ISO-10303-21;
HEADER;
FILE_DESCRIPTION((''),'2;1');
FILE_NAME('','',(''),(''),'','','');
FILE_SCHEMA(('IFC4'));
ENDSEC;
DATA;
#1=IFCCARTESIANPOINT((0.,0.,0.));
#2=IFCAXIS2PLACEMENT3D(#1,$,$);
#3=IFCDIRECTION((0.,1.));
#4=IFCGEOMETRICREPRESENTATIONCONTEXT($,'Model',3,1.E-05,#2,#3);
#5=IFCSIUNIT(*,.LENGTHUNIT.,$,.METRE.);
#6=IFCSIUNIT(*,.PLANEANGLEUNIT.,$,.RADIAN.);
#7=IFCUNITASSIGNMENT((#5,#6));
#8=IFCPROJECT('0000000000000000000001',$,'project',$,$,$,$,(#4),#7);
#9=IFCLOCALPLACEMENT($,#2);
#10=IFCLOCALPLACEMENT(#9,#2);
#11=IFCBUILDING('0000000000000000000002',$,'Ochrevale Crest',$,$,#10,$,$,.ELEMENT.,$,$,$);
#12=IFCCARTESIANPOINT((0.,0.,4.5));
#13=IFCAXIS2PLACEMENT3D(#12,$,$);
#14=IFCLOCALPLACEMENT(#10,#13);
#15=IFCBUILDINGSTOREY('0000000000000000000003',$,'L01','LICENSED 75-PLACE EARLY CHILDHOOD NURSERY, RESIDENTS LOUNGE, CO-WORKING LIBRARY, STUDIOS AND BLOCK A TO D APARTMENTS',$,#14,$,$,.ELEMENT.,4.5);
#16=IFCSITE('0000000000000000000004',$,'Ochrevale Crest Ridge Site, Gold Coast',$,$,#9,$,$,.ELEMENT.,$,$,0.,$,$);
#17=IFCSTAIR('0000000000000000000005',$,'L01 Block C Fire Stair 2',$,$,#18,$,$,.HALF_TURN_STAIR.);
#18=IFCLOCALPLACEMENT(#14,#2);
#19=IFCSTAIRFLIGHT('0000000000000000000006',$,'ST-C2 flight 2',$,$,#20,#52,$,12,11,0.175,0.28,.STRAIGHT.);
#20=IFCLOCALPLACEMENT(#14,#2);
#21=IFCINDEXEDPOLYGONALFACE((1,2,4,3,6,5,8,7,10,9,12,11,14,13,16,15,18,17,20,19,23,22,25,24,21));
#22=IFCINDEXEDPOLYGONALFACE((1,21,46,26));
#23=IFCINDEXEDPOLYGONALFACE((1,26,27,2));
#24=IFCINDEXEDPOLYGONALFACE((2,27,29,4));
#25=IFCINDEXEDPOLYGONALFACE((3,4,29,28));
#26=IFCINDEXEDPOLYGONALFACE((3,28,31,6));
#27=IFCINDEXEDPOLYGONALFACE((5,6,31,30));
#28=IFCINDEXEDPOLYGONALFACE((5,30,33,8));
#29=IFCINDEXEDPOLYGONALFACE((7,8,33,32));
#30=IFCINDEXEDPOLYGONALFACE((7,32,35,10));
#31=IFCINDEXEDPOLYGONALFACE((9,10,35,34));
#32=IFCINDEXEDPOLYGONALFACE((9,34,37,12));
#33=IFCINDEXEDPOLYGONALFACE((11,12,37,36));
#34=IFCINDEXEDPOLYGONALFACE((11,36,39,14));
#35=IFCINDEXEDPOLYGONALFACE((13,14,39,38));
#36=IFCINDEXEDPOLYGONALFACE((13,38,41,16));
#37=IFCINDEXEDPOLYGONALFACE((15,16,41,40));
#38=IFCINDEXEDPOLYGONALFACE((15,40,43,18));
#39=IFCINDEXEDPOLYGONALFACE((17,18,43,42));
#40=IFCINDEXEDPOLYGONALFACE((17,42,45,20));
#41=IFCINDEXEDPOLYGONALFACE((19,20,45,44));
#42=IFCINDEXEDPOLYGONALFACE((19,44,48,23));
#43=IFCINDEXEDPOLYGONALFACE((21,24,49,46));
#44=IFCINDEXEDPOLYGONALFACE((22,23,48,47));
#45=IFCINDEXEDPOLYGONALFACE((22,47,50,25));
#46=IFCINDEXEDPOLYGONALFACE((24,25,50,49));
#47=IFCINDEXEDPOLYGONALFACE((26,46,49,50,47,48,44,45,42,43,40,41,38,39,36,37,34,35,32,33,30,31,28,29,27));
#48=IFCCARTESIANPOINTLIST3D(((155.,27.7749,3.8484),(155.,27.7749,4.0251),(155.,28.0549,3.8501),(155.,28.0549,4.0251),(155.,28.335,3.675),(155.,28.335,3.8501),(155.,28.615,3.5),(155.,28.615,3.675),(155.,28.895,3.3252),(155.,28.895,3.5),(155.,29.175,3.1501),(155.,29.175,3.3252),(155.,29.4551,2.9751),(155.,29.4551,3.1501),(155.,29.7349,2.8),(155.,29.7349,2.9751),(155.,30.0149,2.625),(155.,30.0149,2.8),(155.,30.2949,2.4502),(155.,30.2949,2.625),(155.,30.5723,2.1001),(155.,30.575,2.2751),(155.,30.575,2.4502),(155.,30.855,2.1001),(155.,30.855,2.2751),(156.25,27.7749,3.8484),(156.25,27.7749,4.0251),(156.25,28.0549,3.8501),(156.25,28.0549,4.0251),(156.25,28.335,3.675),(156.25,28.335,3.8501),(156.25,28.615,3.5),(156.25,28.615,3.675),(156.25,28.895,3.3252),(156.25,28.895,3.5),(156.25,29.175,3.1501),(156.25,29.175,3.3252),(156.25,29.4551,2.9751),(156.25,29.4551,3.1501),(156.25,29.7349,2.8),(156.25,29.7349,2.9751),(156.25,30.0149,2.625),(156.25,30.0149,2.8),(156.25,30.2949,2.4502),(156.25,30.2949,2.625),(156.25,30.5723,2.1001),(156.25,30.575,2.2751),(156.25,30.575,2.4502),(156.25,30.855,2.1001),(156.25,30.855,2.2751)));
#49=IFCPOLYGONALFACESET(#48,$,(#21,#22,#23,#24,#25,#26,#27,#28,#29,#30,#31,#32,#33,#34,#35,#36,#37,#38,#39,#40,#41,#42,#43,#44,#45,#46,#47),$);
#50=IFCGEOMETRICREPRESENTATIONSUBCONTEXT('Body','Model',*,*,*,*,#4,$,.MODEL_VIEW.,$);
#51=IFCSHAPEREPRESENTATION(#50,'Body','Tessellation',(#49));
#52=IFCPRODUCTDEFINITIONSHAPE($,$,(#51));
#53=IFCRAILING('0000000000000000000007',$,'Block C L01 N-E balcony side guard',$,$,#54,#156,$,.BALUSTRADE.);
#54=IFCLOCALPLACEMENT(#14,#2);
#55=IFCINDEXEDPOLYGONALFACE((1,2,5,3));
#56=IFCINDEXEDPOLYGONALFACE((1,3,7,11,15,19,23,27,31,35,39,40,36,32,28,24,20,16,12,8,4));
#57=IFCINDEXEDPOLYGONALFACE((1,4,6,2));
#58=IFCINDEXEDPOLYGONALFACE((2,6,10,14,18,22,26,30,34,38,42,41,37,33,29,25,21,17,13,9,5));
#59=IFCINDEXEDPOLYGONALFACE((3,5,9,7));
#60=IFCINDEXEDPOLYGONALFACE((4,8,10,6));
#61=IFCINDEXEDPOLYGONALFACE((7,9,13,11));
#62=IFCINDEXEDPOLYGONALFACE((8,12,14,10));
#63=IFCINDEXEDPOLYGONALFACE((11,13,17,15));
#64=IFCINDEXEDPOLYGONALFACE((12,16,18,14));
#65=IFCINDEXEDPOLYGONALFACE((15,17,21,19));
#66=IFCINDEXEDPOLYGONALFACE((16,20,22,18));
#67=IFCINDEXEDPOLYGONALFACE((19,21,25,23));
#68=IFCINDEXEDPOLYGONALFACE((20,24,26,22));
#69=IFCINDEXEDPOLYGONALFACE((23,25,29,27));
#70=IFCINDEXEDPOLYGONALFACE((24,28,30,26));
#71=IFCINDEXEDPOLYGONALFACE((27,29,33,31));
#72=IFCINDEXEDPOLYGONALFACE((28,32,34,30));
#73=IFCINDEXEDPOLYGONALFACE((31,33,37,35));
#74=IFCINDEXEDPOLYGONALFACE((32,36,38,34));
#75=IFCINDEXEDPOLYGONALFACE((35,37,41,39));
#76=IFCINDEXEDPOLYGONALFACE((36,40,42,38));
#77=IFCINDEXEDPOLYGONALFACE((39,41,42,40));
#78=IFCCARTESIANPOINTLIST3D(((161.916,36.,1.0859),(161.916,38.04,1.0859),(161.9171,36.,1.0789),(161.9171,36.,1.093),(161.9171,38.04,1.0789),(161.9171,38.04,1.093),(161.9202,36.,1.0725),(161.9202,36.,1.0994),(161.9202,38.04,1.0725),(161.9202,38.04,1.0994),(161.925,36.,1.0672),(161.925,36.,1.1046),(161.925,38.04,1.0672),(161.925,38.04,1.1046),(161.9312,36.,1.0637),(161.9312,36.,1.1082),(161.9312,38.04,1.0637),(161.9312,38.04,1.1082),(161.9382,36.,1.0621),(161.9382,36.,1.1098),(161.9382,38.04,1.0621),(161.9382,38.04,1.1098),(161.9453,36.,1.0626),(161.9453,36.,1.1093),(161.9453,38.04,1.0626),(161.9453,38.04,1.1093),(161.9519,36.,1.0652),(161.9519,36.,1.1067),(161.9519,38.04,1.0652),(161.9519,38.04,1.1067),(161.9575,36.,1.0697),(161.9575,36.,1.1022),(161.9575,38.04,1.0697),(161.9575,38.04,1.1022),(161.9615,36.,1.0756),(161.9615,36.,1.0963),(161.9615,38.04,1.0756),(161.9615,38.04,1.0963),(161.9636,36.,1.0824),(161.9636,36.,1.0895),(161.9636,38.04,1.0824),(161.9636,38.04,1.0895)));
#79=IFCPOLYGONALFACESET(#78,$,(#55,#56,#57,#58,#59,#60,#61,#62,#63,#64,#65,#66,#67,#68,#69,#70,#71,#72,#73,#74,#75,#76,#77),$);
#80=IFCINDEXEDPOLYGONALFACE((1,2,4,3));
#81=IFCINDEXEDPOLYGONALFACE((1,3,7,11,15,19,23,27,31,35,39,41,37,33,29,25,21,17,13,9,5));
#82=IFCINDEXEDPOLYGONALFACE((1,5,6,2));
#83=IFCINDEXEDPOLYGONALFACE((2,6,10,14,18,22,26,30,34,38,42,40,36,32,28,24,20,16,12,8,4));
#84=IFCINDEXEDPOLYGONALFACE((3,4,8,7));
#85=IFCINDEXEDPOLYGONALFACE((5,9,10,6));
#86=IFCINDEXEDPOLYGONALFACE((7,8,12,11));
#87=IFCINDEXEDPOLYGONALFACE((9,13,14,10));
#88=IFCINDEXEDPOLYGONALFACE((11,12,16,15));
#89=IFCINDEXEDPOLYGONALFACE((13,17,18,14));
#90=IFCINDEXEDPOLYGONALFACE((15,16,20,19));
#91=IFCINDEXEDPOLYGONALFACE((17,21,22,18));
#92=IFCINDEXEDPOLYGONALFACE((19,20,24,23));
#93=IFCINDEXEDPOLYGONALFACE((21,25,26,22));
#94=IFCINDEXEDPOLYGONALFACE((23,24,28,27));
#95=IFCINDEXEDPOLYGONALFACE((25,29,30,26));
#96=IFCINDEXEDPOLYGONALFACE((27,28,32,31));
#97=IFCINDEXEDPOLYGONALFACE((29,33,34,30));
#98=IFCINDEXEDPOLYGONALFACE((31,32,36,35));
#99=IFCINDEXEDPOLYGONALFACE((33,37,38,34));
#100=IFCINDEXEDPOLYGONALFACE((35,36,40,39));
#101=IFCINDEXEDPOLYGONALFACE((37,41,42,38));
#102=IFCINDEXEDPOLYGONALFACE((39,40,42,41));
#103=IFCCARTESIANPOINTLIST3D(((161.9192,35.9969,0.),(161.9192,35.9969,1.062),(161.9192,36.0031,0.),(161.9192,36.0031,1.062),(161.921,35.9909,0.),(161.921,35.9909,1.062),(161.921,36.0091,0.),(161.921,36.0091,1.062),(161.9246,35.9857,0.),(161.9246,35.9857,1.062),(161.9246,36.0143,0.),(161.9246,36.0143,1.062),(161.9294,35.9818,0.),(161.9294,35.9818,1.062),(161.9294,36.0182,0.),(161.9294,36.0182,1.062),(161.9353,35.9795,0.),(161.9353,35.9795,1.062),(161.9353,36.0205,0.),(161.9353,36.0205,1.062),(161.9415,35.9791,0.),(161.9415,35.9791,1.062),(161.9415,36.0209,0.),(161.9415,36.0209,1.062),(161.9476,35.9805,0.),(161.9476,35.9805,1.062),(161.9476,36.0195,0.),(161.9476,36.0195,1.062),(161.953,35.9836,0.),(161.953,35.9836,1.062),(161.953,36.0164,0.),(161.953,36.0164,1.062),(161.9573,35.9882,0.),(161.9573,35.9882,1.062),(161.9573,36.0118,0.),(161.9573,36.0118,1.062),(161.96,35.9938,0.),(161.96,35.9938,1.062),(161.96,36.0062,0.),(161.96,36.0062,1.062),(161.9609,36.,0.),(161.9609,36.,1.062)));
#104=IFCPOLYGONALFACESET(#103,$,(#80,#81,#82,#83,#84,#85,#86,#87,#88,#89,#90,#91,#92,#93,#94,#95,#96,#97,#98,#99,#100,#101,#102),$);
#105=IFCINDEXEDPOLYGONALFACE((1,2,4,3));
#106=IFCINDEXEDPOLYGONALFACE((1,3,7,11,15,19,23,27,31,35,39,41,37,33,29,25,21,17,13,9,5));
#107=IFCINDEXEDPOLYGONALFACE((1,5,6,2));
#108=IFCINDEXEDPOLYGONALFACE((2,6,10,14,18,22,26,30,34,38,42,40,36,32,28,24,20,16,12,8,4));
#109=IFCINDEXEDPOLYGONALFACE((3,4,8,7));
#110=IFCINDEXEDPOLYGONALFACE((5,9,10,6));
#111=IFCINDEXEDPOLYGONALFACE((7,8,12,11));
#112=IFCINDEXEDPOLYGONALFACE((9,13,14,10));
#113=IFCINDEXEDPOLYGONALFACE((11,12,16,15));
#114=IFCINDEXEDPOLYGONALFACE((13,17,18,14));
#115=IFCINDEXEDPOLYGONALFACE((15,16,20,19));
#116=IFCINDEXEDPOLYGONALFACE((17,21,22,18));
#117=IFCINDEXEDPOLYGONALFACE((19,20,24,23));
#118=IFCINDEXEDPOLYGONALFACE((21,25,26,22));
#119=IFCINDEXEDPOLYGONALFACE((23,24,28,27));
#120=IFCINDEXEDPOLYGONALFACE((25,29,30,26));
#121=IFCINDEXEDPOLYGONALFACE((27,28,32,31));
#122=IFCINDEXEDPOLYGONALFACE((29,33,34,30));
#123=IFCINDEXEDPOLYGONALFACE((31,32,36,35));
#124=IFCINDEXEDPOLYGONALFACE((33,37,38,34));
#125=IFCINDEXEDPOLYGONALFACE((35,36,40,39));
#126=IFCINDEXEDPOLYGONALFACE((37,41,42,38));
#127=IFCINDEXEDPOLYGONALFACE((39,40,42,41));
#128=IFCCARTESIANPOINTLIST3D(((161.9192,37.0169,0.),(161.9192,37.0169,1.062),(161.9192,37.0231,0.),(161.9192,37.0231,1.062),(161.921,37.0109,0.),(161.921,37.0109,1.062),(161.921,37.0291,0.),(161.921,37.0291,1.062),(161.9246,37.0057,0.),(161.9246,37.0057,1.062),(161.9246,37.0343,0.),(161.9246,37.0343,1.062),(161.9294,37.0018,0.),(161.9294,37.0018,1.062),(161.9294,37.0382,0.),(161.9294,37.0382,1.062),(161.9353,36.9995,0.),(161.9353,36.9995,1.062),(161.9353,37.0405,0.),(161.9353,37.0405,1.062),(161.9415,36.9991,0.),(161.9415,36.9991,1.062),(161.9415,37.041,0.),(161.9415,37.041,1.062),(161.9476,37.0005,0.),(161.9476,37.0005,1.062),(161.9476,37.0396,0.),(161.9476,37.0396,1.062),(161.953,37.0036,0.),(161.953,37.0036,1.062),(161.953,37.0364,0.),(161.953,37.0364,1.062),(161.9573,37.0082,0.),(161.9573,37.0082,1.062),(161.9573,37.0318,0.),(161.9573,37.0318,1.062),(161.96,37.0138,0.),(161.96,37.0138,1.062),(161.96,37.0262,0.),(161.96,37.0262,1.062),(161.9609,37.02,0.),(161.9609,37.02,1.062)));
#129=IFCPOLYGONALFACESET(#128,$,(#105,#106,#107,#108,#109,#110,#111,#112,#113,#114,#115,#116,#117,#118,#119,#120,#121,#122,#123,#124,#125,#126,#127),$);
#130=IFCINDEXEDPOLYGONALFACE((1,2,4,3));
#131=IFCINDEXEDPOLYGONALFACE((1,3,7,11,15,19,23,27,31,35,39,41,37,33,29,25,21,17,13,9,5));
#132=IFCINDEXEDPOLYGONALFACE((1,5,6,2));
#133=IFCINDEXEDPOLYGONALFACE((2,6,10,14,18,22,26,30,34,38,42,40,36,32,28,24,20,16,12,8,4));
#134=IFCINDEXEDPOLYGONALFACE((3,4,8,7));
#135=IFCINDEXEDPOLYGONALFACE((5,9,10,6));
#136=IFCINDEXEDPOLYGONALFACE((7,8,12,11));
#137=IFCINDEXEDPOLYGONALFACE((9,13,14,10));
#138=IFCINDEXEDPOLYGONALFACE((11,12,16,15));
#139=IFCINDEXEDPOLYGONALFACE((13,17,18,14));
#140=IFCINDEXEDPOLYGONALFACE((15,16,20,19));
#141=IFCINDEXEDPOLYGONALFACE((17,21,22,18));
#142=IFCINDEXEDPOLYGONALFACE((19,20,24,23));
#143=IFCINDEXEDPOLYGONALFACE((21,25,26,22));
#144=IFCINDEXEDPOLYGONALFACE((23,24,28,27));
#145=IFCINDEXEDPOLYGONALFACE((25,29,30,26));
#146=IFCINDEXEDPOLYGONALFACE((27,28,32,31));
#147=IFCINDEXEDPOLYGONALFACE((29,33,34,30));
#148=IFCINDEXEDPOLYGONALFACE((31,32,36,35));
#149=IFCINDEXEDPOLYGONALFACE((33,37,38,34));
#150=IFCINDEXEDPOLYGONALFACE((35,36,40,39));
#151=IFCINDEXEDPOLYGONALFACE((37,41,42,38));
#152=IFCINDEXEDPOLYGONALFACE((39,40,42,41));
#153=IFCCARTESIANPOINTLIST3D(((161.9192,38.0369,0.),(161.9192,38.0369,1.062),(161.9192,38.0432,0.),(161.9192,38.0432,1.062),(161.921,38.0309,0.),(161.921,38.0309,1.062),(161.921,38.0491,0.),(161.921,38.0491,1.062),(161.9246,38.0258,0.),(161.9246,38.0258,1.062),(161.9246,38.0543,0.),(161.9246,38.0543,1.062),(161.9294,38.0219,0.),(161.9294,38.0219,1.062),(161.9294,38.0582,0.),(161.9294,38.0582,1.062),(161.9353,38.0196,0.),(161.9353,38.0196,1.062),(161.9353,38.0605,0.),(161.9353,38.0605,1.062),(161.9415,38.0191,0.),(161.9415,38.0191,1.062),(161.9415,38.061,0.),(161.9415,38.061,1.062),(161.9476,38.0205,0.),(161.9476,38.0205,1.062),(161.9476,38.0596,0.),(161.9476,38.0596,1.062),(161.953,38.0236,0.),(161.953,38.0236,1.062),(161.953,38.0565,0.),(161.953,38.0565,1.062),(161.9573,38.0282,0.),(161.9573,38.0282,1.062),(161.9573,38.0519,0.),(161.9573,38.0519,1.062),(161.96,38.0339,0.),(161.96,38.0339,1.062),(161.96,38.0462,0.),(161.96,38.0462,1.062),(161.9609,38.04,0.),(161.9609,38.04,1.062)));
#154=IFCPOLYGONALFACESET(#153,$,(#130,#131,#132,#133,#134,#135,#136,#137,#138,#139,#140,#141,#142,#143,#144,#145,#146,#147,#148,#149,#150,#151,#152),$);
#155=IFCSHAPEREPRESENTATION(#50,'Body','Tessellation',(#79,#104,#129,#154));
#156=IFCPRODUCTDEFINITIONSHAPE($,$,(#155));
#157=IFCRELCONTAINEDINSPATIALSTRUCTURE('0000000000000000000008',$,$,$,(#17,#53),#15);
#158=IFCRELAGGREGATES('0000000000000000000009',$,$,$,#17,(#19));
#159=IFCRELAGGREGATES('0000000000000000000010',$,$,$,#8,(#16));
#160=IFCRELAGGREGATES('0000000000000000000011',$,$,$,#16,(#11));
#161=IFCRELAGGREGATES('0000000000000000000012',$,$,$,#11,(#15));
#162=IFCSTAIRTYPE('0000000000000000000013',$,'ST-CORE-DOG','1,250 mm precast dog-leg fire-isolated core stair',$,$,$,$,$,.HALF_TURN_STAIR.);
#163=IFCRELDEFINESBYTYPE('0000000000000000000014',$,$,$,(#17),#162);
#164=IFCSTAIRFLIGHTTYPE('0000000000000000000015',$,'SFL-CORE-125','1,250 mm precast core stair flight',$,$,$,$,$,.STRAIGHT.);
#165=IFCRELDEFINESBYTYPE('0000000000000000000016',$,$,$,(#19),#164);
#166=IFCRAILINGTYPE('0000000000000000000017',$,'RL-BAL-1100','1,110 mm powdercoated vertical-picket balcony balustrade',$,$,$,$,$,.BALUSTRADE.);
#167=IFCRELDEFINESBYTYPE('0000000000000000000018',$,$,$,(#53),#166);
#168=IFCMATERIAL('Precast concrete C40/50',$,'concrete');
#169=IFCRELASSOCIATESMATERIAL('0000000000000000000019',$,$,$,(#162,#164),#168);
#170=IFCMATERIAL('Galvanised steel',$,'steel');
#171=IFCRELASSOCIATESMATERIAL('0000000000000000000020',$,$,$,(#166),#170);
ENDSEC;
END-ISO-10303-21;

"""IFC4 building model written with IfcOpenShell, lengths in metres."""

from ifc_helpers import new_model, si_unit, direction, frame, origin, origin_2d, place, context, subcontext, project, spatial, polyline, circle, outline, extrude, material, type_object, element, aggregate, save


model = new_model("IFC4")

# Units and contexts
model_context = context("Model", 3, precision=1e-05, world=origin(), true_north=direction((0.0, 1.0)))
body_context = subcontext(model_context, "Body", "Model", "MODEL_VIEW")
ifc_project = project(units=[si_unit("LENGTHUNIT", "METRE"), si_unit("PLANEANGLEUNIT", "RADIAN")], contexts=[model_context])

# Site, building, storey
site_placement = place(None, origin())
site = spatial("IfcSite", under=ifc_project, at=site_placement, Name="Ochrevale Crest Ridge Site, Gold Coast", CompositionType="ELEMENT", RefElevation=0.0)
building_placement = place(site_placement, origin())
building = spatial("IfcBuilding", under=site, at=building_placement, Name="Ochrevale Crest", CompositionType="ELEMENT")
storey_placement = place(building_placement, frame((0.0, 0.0, 4.5)))
storey = spatial("IfcBuildingStorey", under=building, at=storey_placement, Name="L01", Description="LICENSED 75-PLACE EARLY CHILDHOOD NURSERY, RESIDENTS LOUNGE, CO-WORKING LIBRARY, STUDIOS AND BLOCK A TO D APARTMENTS", CompositionType="ELEMENT", Elevation=4.5)

# Shared definitions
ifc_material_1 = material(Name="Precast concrete C40/50", Category="concrete")

# Stair, stair flight
stair_type = type_object("IfcStairType", Name="ST-CORE-DOG", Description="1,250 mm precast dog-leg fire-isolated core stair", PredefinedType="HALF_TURN_STAIR", material=ifc_material_1)
stair_placement = place(storey_placement, origin())
stair = element("IfcStair", 1, at=stair_placement, inside=storey, type_object=stair_type, Name="L01 Block C Fire Stair 2", PredefinedType="HALF_TURN_STAIR")
stair_flight_type = type_object("IfcStairFlightType", Name="SFL-CORE-125", Description="1,250 mm precast core stair flight", PredefinedType="STRAIGHT", material=ifc_material_1)
stair_flight_placement = place(storey_placement, frame((155.625, 30.855, 2.1001), z_axis=(0.0, 0.0, 1.0), x_axis=(0.0, -1.0, 0.0)))
stair_flight = element("IfcStairFlight", 2, at=stair_flight_placement, type_object=stair_flight_type, Name="ST-C2 flight 2", NumberOfRisers=12, NumberOfTreads=11, PredefinedType="STRAIGHT", RiserHeight=0.175, TreadLength=0.28, context=body_context, shape_type="SweptSolid", body=[
    extrude(outline(polyline([(0.0, 0.0), (0.0, 0.175), (0.28, 0.175), (0.28, 0.3501), (0.5601, 0.3501), (0.5601, 0.5249), (0.8401, 0.5249), (0.8401, 0.7), (1.1201, 0.7), (1.1201, 0.875), (1.3999, 0.875), (1.3999, 1.05), (1.6799, 1.05), (1.6799, 1.2251), (1.96, 1.2251), (1.96, 1.3999), (2.24, 1.3999), (2.24, 1.575), (2.52, 1.575), (2.52, 1.75), (2.8, 1.75), (2.8, 1.925), (3.0801, 1.925), (3.0801, 2.1001), (3.0801, 1.7483), (0.2827, 0.0), (0.0, 0.0)])), frame((0.0, 0.625, 0.0), z_axis=(0.0, -1.0, 0.0), x_axis=(1.0, 0.0, 0.0)), (0.0, 0.0, 1.0), 1.25),
])
aggregate(stair, [stair_flight])

# Railing
ifc_material_2 = material(Name="Galvanised steel", Category="steel")
railing_type_1 = type_object("IfcRailingType", Name="RL-BAL-1100", Description="1,110 mm powdercoated vertical-picket balcony balustrade", PredefinedType="BALUSTRADE", material=ifc_material_2)
railing_1_placement = place(storey_placement, frame((161.9399, 36.0, 0.0)))
element("IfcRailing", 3, at=railing_1_placement, inside=storey, type_object=railing_type_1, Name="Block C L01 N-E balcony side guard", PredefinedType="BALUSTRADE", context=body_context, shape_type="SweptSolid", body=[
    extrude(circle(Radius=0.0239, at=origin_2d()), frame((0.0, 0.0, 1.0859), z_axis=(0.0, 1.0, 0.0), x_axis=(-1.0, 0.0, 0.0)), (0.0, 0.0, 1.0), 2.04),
    extrude(circle(Radius=0.021, at=origin_2d()), origin(), (0.0, 0.0, 1.0), 1.062),
    extrude(circle(Radius=0.021, at=origin_2d()), frame((0.0, 1.02, 0.0)), (0.0, 0.0, 1.0), 1.062),
    extrude(circle(Radius=0.021, at=origin_2d()), frame((0.0, 2.04, 0.0)), (0.0, 0.0, 1.0), 1.062),
])

save(model, "model.ifc")
